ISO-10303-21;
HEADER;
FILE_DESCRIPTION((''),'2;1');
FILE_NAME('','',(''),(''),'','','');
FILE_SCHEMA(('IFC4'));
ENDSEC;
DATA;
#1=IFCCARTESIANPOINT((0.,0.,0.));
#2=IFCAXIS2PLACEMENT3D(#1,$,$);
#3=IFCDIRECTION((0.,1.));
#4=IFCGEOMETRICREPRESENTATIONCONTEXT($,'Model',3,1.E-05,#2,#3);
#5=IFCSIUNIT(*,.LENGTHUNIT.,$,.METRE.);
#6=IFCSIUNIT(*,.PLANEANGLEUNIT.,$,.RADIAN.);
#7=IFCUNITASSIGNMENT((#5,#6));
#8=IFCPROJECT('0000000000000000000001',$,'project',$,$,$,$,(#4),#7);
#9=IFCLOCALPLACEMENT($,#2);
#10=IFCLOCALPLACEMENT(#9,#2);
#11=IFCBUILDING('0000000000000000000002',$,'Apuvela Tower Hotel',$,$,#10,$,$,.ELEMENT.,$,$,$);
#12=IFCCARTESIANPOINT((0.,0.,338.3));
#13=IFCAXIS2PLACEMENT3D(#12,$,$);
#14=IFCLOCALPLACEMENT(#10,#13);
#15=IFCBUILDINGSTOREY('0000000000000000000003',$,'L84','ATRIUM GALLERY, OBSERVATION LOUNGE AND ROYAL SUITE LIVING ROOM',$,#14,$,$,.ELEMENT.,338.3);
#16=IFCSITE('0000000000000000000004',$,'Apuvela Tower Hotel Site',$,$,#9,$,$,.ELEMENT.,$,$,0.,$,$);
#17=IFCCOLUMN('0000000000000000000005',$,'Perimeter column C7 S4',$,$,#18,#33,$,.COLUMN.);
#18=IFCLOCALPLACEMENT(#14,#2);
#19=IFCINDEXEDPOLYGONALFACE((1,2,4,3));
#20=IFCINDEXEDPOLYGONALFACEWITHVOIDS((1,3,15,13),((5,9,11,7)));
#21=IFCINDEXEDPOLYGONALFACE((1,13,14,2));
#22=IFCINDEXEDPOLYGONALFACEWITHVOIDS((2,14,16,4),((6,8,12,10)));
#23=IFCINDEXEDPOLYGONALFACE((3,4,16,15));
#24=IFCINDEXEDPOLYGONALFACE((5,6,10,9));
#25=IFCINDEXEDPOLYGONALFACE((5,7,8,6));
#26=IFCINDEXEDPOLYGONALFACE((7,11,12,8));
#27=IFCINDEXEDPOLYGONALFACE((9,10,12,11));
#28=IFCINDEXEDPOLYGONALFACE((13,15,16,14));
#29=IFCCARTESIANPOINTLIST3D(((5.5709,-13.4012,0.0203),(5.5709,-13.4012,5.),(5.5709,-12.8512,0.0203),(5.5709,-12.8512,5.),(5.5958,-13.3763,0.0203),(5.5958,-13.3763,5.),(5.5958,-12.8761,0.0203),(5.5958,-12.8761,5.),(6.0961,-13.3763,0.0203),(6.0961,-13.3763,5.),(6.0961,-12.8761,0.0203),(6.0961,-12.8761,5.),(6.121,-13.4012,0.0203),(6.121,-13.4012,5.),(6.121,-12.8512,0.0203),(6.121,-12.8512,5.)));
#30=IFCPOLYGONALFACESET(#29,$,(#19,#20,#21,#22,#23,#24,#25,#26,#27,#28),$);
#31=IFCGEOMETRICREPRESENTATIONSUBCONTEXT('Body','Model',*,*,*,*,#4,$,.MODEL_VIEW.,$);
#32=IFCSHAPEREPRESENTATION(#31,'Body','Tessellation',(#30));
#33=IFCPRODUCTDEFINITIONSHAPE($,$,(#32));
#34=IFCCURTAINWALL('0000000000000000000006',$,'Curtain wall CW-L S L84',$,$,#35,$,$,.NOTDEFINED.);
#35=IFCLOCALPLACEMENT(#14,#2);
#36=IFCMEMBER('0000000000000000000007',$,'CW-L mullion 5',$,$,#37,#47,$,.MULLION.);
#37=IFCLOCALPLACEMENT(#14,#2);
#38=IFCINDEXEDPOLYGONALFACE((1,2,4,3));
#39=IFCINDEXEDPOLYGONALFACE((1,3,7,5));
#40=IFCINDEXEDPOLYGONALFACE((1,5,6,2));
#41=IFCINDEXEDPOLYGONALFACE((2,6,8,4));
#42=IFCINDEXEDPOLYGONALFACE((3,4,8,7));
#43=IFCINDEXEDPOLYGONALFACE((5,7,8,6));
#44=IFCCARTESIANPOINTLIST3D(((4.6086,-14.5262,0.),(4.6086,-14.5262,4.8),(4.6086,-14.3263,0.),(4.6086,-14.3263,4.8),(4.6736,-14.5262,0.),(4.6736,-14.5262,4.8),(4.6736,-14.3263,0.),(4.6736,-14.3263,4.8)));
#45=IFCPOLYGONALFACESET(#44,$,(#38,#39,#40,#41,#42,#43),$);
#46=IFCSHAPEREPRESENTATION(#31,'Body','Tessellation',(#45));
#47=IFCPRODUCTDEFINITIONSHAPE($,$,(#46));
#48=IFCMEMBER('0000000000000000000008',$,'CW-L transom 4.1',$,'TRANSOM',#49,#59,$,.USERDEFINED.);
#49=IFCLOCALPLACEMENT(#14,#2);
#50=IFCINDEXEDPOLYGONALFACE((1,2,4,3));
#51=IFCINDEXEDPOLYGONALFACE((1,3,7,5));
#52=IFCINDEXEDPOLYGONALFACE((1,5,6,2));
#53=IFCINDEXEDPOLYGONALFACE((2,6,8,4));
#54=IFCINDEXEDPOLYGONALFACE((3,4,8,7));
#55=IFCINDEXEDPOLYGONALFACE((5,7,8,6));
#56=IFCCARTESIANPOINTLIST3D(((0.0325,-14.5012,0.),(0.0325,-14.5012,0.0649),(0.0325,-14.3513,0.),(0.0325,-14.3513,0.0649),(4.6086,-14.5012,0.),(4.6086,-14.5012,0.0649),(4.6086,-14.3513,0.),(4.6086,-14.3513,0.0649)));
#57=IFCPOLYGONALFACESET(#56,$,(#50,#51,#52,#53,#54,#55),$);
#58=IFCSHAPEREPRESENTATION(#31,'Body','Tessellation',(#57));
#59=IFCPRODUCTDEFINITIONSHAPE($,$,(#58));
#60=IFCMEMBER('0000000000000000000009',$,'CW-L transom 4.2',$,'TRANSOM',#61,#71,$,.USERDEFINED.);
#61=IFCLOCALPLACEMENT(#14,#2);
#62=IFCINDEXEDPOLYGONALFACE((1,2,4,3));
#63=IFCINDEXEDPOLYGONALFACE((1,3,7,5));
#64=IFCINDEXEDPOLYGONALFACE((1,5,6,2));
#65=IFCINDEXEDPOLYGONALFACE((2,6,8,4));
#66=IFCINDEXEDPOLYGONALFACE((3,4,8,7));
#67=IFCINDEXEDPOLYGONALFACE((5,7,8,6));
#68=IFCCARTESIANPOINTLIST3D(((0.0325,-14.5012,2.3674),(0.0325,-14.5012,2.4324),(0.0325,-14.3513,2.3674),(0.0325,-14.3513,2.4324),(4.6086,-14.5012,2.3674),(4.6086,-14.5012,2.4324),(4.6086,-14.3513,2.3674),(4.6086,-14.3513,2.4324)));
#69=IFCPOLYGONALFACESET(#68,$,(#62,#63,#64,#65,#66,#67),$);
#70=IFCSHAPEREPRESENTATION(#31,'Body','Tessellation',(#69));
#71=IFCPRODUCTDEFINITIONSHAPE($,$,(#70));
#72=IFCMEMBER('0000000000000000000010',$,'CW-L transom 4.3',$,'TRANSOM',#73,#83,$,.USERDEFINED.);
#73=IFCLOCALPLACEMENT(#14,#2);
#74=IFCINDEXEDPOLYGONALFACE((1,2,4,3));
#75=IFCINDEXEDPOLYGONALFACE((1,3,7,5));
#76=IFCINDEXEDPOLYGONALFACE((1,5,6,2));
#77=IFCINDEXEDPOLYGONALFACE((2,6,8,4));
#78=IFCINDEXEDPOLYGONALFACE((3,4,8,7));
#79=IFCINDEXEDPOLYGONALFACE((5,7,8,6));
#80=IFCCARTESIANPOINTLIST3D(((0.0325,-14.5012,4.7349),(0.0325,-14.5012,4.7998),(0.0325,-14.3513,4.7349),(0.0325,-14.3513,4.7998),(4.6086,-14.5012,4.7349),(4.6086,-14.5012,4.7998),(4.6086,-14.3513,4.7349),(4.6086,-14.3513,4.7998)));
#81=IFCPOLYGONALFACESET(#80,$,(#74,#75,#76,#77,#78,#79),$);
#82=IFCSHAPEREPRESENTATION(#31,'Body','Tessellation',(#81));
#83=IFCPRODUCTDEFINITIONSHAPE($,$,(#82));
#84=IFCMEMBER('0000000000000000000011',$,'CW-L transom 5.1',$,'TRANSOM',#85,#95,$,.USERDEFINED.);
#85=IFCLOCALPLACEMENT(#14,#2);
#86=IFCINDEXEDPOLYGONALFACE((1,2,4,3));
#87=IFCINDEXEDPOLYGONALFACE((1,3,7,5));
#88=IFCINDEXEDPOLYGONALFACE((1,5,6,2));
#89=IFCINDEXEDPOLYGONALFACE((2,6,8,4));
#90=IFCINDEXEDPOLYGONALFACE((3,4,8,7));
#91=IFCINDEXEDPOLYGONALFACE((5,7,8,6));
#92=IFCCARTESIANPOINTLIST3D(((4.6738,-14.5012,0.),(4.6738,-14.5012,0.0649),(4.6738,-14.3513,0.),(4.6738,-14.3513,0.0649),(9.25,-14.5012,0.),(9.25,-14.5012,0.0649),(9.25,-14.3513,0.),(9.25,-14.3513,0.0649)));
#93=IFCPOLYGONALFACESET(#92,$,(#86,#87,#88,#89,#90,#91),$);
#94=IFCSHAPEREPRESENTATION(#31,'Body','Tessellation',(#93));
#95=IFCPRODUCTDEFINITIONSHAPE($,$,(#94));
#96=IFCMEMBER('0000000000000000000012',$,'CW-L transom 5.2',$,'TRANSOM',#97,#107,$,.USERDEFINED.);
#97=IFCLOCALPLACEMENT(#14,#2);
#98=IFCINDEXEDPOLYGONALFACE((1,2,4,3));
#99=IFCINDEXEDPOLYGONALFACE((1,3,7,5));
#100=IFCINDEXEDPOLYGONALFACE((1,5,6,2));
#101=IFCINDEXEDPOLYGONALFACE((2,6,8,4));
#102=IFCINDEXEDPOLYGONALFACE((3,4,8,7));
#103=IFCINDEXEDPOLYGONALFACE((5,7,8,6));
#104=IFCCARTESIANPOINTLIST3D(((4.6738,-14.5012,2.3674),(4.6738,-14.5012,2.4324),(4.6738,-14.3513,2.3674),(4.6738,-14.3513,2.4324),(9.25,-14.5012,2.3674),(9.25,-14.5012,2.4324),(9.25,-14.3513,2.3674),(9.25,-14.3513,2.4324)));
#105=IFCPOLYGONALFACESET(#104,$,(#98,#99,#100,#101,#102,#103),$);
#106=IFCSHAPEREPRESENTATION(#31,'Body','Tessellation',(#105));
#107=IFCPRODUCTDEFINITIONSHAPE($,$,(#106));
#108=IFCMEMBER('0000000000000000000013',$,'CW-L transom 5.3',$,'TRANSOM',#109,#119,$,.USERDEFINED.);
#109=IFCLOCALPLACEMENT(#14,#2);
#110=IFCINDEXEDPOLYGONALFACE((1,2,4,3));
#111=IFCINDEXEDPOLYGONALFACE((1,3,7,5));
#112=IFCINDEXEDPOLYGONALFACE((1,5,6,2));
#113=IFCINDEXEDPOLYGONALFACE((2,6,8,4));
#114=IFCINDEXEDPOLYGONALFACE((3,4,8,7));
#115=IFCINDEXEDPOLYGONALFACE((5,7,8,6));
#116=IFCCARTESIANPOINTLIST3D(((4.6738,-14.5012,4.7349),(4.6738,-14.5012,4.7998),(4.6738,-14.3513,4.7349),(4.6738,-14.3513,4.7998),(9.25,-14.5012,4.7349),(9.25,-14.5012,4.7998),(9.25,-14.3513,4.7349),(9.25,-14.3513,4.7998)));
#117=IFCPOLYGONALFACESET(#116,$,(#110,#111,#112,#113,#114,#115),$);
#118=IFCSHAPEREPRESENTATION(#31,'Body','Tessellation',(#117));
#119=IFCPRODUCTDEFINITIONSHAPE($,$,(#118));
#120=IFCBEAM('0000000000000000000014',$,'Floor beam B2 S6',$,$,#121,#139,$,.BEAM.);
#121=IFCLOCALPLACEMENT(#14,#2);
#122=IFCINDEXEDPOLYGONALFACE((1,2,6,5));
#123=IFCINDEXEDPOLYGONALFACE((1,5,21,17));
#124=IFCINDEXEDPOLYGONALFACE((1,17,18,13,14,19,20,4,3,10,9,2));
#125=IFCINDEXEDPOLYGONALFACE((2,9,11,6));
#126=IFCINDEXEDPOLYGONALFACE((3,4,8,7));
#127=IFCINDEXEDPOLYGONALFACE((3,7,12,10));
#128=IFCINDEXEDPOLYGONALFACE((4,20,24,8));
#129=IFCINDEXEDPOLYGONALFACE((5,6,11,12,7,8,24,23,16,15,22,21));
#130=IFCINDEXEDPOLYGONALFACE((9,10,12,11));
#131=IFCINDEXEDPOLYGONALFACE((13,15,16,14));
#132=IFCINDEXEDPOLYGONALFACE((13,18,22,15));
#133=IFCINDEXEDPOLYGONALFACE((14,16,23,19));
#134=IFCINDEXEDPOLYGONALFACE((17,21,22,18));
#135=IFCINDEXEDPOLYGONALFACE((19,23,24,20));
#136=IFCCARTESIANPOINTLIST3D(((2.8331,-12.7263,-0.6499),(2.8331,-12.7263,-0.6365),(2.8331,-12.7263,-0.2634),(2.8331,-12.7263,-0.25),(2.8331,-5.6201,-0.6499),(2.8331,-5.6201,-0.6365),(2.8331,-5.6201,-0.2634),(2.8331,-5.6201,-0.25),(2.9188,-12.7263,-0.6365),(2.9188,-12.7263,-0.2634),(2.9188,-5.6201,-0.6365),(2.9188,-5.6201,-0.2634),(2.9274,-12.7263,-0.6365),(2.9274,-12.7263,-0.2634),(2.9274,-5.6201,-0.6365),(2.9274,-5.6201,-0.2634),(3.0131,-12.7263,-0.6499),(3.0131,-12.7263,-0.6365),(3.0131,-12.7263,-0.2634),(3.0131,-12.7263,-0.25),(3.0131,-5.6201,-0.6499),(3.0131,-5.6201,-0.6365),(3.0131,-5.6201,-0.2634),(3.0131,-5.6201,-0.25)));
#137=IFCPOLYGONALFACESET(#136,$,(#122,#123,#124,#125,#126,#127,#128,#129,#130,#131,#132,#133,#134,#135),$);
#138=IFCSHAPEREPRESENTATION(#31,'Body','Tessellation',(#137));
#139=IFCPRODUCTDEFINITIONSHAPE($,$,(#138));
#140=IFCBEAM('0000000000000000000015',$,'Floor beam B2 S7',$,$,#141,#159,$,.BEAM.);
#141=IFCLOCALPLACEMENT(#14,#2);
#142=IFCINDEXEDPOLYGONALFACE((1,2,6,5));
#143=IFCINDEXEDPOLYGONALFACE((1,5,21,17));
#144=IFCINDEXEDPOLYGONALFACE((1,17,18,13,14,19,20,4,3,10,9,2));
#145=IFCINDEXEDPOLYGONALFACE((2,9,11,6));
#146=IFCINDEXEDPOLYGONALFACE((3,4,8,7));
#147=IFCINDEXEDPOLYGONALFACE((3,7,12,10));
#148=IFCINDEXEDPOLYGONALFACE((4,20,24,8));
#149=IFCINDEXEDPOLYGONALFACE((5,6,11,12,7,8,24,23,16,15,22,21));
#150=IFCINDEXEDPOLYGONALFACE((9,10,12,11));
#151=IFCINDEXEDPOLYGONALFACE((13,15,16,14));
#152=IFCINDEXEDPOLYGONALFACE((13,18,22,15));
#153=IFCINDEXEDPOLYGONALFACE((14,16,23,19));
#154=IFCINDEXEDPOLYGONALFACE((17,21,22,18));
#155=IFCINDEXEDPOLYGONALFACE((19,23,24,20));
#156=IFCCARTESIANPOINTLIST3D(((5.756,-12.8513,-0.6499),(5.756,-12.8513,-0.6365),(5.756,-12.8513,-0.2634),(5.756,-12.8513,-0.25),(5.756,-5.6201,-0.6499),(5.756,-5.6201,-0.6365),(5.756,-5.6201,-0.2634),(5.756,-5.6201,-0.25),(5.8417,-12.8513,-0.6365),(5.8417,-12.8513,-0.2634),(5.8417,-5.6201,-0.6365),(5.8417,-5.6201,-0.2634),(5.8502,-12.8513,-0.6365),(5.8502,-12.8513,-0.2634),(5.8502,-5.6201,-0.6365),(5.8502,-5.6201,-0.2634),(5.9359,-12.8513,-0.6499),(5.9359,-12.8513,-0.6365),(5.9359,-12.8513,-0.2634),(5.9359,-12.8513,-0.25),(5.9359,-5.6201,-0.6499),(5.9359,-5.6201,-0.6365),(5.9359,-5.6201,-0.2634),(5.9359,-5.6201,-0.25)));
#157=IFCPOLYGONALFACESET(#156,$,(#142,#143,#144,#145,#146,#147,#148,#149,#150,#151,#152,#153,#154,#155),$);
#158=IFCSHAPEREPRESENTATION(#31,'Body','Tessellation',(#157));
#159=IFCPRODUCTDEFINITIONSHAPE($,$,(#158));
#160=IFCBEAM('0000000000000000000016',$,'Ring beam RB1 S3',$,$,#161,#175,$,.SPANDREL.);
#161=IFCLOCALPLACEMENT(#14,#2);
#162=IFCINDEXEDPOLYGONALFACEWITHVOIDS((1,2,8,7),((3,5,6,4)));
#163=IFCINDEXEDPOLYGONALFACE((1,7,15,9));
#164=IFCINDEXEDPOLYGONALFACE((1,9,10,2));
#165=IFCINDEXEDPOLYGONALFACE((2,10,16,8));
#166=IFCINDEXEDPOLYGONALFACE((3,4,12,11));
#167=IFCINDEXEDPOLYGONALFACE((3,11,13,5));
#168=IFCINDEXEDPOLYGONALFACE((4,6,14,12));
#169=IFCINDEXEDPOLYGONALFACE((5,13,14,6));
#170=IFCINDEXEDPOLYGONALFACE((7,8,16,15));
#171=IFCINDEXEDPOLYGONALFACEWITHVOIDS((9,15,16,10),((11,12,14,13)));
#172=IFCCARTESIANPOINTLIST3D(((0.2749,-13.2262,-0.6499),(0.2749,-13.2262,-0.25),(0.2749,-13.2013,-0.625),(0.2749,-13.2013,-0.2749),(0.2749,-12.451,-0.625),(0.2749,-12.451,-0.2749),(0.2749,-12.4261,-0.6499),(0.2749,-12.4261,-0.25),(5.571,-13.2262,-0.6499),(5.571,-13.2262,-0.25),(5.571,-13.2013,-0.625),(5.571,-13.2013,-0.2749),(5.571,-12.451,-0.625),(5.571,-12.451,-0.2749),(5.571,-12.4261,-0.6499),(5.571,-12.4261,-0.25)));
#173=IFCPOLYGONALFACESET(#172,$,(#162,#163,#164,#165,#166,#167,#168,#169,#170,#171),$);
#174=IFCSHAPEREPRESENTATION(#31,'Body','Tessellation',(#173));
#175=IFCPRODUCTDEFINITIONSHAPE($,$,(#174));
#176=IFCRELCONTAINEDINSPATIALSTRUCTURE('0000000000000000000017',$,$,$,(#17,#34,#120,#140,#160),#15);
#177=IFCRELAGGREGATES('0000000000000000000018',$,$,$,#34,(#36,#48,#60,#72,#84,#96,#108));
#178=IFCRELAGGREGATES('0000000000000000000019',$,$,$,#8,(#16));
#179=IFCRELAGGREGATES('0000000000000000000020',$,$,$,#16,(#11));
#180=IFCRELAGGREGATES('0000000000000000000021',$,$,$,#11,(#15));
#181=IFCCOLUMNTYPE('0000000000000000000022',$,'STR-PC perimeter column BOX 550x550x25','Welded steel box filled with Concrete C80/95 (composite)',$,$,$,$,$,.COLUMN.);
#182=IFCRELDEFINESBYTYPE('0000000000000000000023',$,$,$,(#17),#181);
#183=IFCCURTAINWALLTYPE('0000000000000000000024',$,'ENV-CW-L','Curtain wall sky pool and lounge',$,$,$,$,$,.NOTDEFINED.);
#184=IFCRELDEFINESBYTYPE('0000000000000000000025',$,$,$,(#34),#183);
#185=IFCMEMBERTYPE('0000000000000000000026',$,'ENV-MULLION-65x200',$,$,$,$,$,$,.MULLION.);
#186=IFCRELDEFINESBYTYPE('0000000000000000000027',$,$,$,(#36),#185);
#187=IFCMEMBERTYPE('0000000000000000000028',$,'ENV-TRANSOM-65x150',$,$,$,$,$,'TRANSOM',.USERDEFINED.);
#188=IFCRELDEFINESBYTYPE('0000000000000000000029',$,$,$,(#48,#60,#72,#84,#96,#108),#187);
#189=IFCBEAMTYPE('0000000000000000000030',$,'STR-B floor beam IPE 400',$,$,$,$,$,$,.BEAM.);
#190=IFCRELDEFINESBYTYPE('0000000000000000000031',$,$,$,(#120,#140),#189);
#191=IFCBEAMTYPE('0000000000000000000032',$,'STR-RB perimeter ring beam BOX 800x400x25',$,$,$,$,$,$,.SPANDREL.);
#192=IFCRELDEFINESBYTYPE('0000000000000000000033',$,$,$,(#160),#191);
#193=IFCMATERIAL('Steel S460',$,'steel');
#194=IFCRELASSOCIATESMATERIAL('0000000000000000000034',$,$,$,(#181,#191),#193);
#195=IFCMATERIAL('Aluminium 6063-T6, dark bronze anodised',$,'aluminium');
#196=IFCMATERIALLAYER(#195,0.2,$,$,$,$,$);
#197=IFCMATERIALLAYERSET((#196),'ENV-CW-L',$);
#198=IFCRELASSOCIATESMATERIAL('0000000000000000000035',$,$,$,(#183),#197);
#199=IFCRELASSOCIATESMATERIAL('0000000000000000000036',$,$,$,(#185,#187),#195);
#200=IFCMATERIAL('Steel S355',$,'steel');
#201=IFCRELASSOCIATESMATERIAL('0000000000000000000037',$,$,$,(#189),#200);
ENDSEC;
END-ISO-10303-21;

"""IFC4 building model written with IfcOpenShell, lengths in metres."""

from ifc_helpers import new_model, si_unit, direction, frame, origin, origin_2d, place, context, subcontext, project, spatial, rectangle, hollow_rectangle, i_section, extrude, boolean, halfspace, material, layer, layer_set, material_profile, profile_set, type_object, element, aggregate, save


model = new_model("IFC4")

# Units and contexts
model_context = context("Model", 3, precision=1e-05, world=origin(), true_north=direction((0.0, 1.0)))
body_context = subcontext(model_context, "Body", "Model", "MODEL_VIEW")
ifc_project = project(units=[si_unit("LENGTHUNIT", "METRE"), si_unit("PLANEANGLEUNIT", "RADIAN")], contexts=[model_context])

# Site, building, storey
site_placement = place(None, origin())
site = spatial("IfcSite", under=ifc_project, at=site_placement, Name="Apuvela Tower Hotel Site", CompositionType="ELEMENT", RefElevation=0.0)
building_placement = place(site_placement, origin())
building = spatial("IfcBuilding", under=site, at=building_placement, Name="Apuvela Tower Hotel", CompositionType="ELEMENT")
storey_placement = place(building_placement, frame((0.0, 0.0, 338.3)))
storey = spatial("IfcBuildingStorey", under=building, at=storey_placement, Name="L84", Description="ATRIUM GALLERY, OBSERVATION LOUNGE AND ROYAL SUITE LIVING ROOM", CompositionType="ELEMENT", Elevation=338.3)

# Column
ifc_material_1 = material(Name="Steel S460", Category="steel")
ifc_material_profile_1 = material_profile(ifc_material_1, hollow_rectangle(XDim=0.55, YDim=0.55, WallThickness=0.0249, at=origin_2d()), Name="BOX 550x550x25")
ifc_material_2 = material(Name="Concrete C80/95", Category="concrete")
ifc_material_profile_2 = material_profile(ifc_material_2, rectangle(XDim=0.5, YDim=0.5, at=origin_2d()), Name="Concrete C80/95 infill")
ifc_profile_set_1 = profile_set([ifc_material_profile_1, ifc_material_profile_2], Name="Steel S460")
column_type = type_object("IfcColumnType", Name="STR-PC perimeter column BOX 550x550x25", Description="Welded steel box filled with Concrete C80/95 (composite)", PredefinedType="COLUMN", material=ifc_profile_set_1)
column_placement = place(storey_placement, frame((5.8459, -13.1262, 0.0), z_axis=(0.0, 0.0, 1.0), x_axis=(-1.0, 0.0, 0.0)))
element("IfcColumn", 1, at=column_placement, inside=storey, type_object=column_type, Name="Perimeter column C7 S4", PredefinedType="COLUMN", context=body_context, shape_type="SweptSolid", body=[
    boolean("DIFFERENCE", extrude(hollow_rectangle(XDim=0.55, YDim=0.55, WallThickness=0.0249, at=origin_2d()), origin(), (0.0, 0.0, 1.0), 5.0), halfspace(frame((0.0, 0.0, 0.0203), z_axis=(0.0, 0.0, 1.0), x_axis=(1.0, 0.0, 0.0)), True)),
])

# Curtain wall, members
ifc_material_3 = material(Name="Aluminium 6063-T6, dark bronze anodised", Category="aluminium")
ifc_layer_1 = layer(ifc_material_3, 0.2)
ifc_layer_set_1 = layer_set([ifc_layer_1], Name="ENV-CW-L")
curtain_wall_type = type_object("IfcCurtainWallType", Name="ENV-CW-L", Description="Curtain wall sky pool and lounge", PredefinedType="NOTDEFINED", material=ifc_layer_set_1)
curtain_wall_placement = place(storey_placement, origin())
curtain_wall = element("IfcCurtainWall", 2, at=curtain_wall_placement, inside=storey, type_object=curtain_wall_type, Name="Curtain wall CW-L S L84", PredefinedType="NOTDEFINED")
ifc_material_profile_3 = material_profile(ifc_material_3, rectangle(XDim=0.2, YDim=0.0649, at=origin_2d()), Name="AL 65x200")
ifc_profile_set_2 = profile_set([ifc_material_profile_3], Name="Aluminium 6063-T6, dark bronze anodised")
member_type_1 = type_object("IfcMemberType", Name="ENV-MULLION-65x200", PredefinedType="MULLION", material=ifc_profile_set_2)
member_1_placement = place(storey_placement, frame((4.6411, -14.4263, 0.0), z_axis=(0.0, 0.0, 1.0), x_axis=(0.0, 1.0, 0.0)))
member_1 = element("IfcMember", 3, at=member_1_placement, type_object=member_type_1, Name="CW-L mullion 5", PredefinedType="MULLION", context=body_context, shape_type="SweptSolid", body=[
    extrude(rectangle(XDim=0.2, YDim=0.0649, at=origin_2d()), origin(), (0.0, 0.0, 1.0), 4.8),
])
ifc_material_profile_4 = material_profile(ifc_material_3, rectangle(XDim=0.1499, YDim=0.0649, at=origin_2d()), Name="AL 65x150 transom")
ifc_profile_set_3 = profile_set([ifc_material_profile_4], Name="Aluminium 6063-T6, dark bronze anodised")
member_type_2 = type_object("IfcMemberType", Name="ENV-TRANSOM-65x150", ElementType="TRANSOM", PredefinedType="USERDEFINED", material=ifc_profile_set_3)
member_2_placement = place(storey_placement, frame((0.0325, -14.4263, 0.0325), z_axis=(1.0, 0.0, 0.0), x_axis=(0.0, 1.0, 0.0)))
member_2 = element("IfcMember", 4, at=member_2_placement, type_object=member_type_2, Name="CW-L transom 4.1", ObjectType="TRANSOM", PredefinedType="USERDEFINED", context=body_context, shape_type="SweptSolid", body=[
    extrude(rectangle(XDim=0.1499, YDim=0.0649, at=origin_2d()), origin(), (0.0, 0.0, 1.0), 4.5762),
])
member_3_placement = place(storey_placement, frame((0.0325, -14.4263, 2.3999), z_axis=(1.0, 0.0, 0.0), x_axis=(0.0, 1.0, 0.0)))
member_3 = element("IfcMember", 5, at=member_3_placement, type_object=member_type_2, Name="CW-L transom 4.2", ObjectType="TRANSOM", PredefinedType="USERDEFINED", context=body_context, shape_type="SweptSolid", body=[
    extrude(rectangle(XDim=0.1499, YDim=0.0649, at=origin_2d()), origin(), (0.0, 0.0, 1.0), 4.5762),
])
member_4_placement = place(storey_placement, frame((0.0325, -14.4263, 4.7673), z_axis=(1.0, 0.0, 0.0), x_axis=(0.0, 1.0, 0.0)))
member_4 = element("IfcMember", 6, at=member_4_placement, type_object=member_type_2, Name="CW-L transom 4.3", ObjectType="TRANSOM", PredefinedType="USERDEFINED", context=body_context, shape_type="SweptSolid", body=[
    extrude(rectangle(XDim=0.1499, YDim=0.0649, at=origin_2d()), origin(), (0.0, 0.0, 1.0), 4.5762),
])
member_5_placement = place(storey_placement, frame((4.6738, -14.4263, 0.0325), z_axis=(1.0, 0.0, 0.0), x_axis=(0.0, 1.0, 0.0)))
member_5 = element("IfcMember", 7, at=member_5_placement, type_object=member_type_2, Name="CW-L transom 5.1", ObjectType="TRANSOM", PredefinedType="USERDEFINED", context=body_context, shape_type="SweptSolid", body=[
    extrude(rectangle(XDim=0.1499, YDim=0.0649, at=origin_2d()), origin(), (0.0, 0.0, 1.0), 4.5762),
])
member_6_placement = place(storey_placement, frame((4.6738, -14.4263, 2.3999), z_axis=(1.0, 0.0, 0.0), x_axis=(0.0, 1.0, 0.0)))
member_6 = element("IfcMember", 8, at=member_6_placement, type_object=member_type_2, Name="CW-L transom 5.2", ObjectType="TRANSOM", PredefinedType="USERDEFINED", context=body_context, shape_type="SweptSolid", body=[
    extrude(rectangle(XDim=0.1499, YDim=0.0649, at=origin_2d()), origin(), (0.0, 0.0, 1.0), 4.5762),
])
member_7_placement = place(storey_placement, frame((4.6738, -14.4263, 4.7673), z_axis=(1.0, 0.0, 0.0), x_axis=(0.0, 1.0, 0.0)))
member_7 = element("IfcMember", 9, at=member_7_placement, type_object=member_type_2, Name="CW-L transom 5.3", ObjectType="TRANSOM", PredefinedType="USERDEFINED", context=body_context, shape_type="SweptSolid", body=[
    extrude(rectangle(XDim=0.1499, YDim=0.0649, at=origin_2d()), origin(), (0.0, 0.0, 1.0), 4.5762),
])

# Beams
ifc_material_4 = material(Name="Steel S355", Category="steel")
ifc_material_profile_5 = material_profile(ifc_material_4, i_section(OverallWidth=0.1799, OverallDepth=0.3999, WebThickness=0.0085, FlangeThickness=0.0134, at=origin_2d()), Name="IPE 400")
ifc_profile_set_4 = profile_set([ifc_material_profile_5], Name="Steel S355")
beam_type_1 = type_object("IfcBeamType", Name="STR-B floor beam IPE 400", PredefinedType="BEAM", material=ifc_profile_set_4)
beam_1_placement = place(storey_placement, frame((2.9231, -12.7263, -0.45), z_axis=(0.0, 1.0, 0.0), x_axis=(-1.0, 0.0, 0.0)))
element("IfcBeam", 10, at=beam_1_placement, inside=storey, type_object=beam_type_1, Name="Floor beam B2 S6", PredefinedType="BEAM", context=body_context, shape_type="SweptSolid", body=[
    extrude(i_section(OverallWidth=0.1799, OverallDepth=0.3999, WebThickness=0.0085, FlangeThickness=0.0134, at=origin_2d()), origin(), (0.0, 0.0, 1.0), 7.1062),
])
beam_2_placement = place(storey_placement, frame((5.8459, -12.8513, -0.45), z_axis=(0.0, 1.0, 0.0), x_axis=(-1.0, 0.0, 0.0)))
element("IfcBeam", 11, at=beam_2_placement, inside=storey, type_object=beam_type_1, Name="Floor beam B2 S7", PredefinedType="BEAM", context=body_context, shape_type="SweptSolid", body=[
    extrude(i_section(OverallWidth=0.1799, OverallDepth=0.3999, WebThickness=0.0085, FlangeThickness=0.0134, at=origin_2d()), origin(), (0.0, 0.0, 1.0), 7.2312),
])
ifc_material_profile_6 = material_profile(ifc_material_1, hollow_rectangle(XDim=0.8, YDim=0.3999, WallThickness=0.0249, at=origin_2d()), Name="BOX 800x400x25")
ifc_profile_set_5 = profile_set([ifc_material_profile_6], Name="Steel S460")
beam_type_2 = type_object("IfcBeamType", Name="STR-RB perimeter ring beam BOX 800x400x25", PredefinedType="SPANDREL", material=ifc_profile_set_5)
beam_3_placement = place(storey_placement, frame((0.2749, -12.8262, -0.45), z_axis=(1.0, 0.0, 0.0), x_axis=(0.0, 1.0, 0.0)))
element("IfcBeam", 12, at=beam_3_placement, inside=storey, type_object=beam_type_2, Name="Ring beam RB1 S3", PredefinedType="SPANDREL", context=body_context, shape_type="SweptSolid", body=[
    extrude(hollow_rectangle(XDim=0.8, YDim=0.3999, WallThickness=0.0249, at=origin_2d()), origin(), (0.0, 0.0, 1.0), 5.2961),
])

aggregate(curtain_wall, [member_1, member_2, member_3, member_4, member_5, member_6, member_7])

save(model, "model.ifc")
